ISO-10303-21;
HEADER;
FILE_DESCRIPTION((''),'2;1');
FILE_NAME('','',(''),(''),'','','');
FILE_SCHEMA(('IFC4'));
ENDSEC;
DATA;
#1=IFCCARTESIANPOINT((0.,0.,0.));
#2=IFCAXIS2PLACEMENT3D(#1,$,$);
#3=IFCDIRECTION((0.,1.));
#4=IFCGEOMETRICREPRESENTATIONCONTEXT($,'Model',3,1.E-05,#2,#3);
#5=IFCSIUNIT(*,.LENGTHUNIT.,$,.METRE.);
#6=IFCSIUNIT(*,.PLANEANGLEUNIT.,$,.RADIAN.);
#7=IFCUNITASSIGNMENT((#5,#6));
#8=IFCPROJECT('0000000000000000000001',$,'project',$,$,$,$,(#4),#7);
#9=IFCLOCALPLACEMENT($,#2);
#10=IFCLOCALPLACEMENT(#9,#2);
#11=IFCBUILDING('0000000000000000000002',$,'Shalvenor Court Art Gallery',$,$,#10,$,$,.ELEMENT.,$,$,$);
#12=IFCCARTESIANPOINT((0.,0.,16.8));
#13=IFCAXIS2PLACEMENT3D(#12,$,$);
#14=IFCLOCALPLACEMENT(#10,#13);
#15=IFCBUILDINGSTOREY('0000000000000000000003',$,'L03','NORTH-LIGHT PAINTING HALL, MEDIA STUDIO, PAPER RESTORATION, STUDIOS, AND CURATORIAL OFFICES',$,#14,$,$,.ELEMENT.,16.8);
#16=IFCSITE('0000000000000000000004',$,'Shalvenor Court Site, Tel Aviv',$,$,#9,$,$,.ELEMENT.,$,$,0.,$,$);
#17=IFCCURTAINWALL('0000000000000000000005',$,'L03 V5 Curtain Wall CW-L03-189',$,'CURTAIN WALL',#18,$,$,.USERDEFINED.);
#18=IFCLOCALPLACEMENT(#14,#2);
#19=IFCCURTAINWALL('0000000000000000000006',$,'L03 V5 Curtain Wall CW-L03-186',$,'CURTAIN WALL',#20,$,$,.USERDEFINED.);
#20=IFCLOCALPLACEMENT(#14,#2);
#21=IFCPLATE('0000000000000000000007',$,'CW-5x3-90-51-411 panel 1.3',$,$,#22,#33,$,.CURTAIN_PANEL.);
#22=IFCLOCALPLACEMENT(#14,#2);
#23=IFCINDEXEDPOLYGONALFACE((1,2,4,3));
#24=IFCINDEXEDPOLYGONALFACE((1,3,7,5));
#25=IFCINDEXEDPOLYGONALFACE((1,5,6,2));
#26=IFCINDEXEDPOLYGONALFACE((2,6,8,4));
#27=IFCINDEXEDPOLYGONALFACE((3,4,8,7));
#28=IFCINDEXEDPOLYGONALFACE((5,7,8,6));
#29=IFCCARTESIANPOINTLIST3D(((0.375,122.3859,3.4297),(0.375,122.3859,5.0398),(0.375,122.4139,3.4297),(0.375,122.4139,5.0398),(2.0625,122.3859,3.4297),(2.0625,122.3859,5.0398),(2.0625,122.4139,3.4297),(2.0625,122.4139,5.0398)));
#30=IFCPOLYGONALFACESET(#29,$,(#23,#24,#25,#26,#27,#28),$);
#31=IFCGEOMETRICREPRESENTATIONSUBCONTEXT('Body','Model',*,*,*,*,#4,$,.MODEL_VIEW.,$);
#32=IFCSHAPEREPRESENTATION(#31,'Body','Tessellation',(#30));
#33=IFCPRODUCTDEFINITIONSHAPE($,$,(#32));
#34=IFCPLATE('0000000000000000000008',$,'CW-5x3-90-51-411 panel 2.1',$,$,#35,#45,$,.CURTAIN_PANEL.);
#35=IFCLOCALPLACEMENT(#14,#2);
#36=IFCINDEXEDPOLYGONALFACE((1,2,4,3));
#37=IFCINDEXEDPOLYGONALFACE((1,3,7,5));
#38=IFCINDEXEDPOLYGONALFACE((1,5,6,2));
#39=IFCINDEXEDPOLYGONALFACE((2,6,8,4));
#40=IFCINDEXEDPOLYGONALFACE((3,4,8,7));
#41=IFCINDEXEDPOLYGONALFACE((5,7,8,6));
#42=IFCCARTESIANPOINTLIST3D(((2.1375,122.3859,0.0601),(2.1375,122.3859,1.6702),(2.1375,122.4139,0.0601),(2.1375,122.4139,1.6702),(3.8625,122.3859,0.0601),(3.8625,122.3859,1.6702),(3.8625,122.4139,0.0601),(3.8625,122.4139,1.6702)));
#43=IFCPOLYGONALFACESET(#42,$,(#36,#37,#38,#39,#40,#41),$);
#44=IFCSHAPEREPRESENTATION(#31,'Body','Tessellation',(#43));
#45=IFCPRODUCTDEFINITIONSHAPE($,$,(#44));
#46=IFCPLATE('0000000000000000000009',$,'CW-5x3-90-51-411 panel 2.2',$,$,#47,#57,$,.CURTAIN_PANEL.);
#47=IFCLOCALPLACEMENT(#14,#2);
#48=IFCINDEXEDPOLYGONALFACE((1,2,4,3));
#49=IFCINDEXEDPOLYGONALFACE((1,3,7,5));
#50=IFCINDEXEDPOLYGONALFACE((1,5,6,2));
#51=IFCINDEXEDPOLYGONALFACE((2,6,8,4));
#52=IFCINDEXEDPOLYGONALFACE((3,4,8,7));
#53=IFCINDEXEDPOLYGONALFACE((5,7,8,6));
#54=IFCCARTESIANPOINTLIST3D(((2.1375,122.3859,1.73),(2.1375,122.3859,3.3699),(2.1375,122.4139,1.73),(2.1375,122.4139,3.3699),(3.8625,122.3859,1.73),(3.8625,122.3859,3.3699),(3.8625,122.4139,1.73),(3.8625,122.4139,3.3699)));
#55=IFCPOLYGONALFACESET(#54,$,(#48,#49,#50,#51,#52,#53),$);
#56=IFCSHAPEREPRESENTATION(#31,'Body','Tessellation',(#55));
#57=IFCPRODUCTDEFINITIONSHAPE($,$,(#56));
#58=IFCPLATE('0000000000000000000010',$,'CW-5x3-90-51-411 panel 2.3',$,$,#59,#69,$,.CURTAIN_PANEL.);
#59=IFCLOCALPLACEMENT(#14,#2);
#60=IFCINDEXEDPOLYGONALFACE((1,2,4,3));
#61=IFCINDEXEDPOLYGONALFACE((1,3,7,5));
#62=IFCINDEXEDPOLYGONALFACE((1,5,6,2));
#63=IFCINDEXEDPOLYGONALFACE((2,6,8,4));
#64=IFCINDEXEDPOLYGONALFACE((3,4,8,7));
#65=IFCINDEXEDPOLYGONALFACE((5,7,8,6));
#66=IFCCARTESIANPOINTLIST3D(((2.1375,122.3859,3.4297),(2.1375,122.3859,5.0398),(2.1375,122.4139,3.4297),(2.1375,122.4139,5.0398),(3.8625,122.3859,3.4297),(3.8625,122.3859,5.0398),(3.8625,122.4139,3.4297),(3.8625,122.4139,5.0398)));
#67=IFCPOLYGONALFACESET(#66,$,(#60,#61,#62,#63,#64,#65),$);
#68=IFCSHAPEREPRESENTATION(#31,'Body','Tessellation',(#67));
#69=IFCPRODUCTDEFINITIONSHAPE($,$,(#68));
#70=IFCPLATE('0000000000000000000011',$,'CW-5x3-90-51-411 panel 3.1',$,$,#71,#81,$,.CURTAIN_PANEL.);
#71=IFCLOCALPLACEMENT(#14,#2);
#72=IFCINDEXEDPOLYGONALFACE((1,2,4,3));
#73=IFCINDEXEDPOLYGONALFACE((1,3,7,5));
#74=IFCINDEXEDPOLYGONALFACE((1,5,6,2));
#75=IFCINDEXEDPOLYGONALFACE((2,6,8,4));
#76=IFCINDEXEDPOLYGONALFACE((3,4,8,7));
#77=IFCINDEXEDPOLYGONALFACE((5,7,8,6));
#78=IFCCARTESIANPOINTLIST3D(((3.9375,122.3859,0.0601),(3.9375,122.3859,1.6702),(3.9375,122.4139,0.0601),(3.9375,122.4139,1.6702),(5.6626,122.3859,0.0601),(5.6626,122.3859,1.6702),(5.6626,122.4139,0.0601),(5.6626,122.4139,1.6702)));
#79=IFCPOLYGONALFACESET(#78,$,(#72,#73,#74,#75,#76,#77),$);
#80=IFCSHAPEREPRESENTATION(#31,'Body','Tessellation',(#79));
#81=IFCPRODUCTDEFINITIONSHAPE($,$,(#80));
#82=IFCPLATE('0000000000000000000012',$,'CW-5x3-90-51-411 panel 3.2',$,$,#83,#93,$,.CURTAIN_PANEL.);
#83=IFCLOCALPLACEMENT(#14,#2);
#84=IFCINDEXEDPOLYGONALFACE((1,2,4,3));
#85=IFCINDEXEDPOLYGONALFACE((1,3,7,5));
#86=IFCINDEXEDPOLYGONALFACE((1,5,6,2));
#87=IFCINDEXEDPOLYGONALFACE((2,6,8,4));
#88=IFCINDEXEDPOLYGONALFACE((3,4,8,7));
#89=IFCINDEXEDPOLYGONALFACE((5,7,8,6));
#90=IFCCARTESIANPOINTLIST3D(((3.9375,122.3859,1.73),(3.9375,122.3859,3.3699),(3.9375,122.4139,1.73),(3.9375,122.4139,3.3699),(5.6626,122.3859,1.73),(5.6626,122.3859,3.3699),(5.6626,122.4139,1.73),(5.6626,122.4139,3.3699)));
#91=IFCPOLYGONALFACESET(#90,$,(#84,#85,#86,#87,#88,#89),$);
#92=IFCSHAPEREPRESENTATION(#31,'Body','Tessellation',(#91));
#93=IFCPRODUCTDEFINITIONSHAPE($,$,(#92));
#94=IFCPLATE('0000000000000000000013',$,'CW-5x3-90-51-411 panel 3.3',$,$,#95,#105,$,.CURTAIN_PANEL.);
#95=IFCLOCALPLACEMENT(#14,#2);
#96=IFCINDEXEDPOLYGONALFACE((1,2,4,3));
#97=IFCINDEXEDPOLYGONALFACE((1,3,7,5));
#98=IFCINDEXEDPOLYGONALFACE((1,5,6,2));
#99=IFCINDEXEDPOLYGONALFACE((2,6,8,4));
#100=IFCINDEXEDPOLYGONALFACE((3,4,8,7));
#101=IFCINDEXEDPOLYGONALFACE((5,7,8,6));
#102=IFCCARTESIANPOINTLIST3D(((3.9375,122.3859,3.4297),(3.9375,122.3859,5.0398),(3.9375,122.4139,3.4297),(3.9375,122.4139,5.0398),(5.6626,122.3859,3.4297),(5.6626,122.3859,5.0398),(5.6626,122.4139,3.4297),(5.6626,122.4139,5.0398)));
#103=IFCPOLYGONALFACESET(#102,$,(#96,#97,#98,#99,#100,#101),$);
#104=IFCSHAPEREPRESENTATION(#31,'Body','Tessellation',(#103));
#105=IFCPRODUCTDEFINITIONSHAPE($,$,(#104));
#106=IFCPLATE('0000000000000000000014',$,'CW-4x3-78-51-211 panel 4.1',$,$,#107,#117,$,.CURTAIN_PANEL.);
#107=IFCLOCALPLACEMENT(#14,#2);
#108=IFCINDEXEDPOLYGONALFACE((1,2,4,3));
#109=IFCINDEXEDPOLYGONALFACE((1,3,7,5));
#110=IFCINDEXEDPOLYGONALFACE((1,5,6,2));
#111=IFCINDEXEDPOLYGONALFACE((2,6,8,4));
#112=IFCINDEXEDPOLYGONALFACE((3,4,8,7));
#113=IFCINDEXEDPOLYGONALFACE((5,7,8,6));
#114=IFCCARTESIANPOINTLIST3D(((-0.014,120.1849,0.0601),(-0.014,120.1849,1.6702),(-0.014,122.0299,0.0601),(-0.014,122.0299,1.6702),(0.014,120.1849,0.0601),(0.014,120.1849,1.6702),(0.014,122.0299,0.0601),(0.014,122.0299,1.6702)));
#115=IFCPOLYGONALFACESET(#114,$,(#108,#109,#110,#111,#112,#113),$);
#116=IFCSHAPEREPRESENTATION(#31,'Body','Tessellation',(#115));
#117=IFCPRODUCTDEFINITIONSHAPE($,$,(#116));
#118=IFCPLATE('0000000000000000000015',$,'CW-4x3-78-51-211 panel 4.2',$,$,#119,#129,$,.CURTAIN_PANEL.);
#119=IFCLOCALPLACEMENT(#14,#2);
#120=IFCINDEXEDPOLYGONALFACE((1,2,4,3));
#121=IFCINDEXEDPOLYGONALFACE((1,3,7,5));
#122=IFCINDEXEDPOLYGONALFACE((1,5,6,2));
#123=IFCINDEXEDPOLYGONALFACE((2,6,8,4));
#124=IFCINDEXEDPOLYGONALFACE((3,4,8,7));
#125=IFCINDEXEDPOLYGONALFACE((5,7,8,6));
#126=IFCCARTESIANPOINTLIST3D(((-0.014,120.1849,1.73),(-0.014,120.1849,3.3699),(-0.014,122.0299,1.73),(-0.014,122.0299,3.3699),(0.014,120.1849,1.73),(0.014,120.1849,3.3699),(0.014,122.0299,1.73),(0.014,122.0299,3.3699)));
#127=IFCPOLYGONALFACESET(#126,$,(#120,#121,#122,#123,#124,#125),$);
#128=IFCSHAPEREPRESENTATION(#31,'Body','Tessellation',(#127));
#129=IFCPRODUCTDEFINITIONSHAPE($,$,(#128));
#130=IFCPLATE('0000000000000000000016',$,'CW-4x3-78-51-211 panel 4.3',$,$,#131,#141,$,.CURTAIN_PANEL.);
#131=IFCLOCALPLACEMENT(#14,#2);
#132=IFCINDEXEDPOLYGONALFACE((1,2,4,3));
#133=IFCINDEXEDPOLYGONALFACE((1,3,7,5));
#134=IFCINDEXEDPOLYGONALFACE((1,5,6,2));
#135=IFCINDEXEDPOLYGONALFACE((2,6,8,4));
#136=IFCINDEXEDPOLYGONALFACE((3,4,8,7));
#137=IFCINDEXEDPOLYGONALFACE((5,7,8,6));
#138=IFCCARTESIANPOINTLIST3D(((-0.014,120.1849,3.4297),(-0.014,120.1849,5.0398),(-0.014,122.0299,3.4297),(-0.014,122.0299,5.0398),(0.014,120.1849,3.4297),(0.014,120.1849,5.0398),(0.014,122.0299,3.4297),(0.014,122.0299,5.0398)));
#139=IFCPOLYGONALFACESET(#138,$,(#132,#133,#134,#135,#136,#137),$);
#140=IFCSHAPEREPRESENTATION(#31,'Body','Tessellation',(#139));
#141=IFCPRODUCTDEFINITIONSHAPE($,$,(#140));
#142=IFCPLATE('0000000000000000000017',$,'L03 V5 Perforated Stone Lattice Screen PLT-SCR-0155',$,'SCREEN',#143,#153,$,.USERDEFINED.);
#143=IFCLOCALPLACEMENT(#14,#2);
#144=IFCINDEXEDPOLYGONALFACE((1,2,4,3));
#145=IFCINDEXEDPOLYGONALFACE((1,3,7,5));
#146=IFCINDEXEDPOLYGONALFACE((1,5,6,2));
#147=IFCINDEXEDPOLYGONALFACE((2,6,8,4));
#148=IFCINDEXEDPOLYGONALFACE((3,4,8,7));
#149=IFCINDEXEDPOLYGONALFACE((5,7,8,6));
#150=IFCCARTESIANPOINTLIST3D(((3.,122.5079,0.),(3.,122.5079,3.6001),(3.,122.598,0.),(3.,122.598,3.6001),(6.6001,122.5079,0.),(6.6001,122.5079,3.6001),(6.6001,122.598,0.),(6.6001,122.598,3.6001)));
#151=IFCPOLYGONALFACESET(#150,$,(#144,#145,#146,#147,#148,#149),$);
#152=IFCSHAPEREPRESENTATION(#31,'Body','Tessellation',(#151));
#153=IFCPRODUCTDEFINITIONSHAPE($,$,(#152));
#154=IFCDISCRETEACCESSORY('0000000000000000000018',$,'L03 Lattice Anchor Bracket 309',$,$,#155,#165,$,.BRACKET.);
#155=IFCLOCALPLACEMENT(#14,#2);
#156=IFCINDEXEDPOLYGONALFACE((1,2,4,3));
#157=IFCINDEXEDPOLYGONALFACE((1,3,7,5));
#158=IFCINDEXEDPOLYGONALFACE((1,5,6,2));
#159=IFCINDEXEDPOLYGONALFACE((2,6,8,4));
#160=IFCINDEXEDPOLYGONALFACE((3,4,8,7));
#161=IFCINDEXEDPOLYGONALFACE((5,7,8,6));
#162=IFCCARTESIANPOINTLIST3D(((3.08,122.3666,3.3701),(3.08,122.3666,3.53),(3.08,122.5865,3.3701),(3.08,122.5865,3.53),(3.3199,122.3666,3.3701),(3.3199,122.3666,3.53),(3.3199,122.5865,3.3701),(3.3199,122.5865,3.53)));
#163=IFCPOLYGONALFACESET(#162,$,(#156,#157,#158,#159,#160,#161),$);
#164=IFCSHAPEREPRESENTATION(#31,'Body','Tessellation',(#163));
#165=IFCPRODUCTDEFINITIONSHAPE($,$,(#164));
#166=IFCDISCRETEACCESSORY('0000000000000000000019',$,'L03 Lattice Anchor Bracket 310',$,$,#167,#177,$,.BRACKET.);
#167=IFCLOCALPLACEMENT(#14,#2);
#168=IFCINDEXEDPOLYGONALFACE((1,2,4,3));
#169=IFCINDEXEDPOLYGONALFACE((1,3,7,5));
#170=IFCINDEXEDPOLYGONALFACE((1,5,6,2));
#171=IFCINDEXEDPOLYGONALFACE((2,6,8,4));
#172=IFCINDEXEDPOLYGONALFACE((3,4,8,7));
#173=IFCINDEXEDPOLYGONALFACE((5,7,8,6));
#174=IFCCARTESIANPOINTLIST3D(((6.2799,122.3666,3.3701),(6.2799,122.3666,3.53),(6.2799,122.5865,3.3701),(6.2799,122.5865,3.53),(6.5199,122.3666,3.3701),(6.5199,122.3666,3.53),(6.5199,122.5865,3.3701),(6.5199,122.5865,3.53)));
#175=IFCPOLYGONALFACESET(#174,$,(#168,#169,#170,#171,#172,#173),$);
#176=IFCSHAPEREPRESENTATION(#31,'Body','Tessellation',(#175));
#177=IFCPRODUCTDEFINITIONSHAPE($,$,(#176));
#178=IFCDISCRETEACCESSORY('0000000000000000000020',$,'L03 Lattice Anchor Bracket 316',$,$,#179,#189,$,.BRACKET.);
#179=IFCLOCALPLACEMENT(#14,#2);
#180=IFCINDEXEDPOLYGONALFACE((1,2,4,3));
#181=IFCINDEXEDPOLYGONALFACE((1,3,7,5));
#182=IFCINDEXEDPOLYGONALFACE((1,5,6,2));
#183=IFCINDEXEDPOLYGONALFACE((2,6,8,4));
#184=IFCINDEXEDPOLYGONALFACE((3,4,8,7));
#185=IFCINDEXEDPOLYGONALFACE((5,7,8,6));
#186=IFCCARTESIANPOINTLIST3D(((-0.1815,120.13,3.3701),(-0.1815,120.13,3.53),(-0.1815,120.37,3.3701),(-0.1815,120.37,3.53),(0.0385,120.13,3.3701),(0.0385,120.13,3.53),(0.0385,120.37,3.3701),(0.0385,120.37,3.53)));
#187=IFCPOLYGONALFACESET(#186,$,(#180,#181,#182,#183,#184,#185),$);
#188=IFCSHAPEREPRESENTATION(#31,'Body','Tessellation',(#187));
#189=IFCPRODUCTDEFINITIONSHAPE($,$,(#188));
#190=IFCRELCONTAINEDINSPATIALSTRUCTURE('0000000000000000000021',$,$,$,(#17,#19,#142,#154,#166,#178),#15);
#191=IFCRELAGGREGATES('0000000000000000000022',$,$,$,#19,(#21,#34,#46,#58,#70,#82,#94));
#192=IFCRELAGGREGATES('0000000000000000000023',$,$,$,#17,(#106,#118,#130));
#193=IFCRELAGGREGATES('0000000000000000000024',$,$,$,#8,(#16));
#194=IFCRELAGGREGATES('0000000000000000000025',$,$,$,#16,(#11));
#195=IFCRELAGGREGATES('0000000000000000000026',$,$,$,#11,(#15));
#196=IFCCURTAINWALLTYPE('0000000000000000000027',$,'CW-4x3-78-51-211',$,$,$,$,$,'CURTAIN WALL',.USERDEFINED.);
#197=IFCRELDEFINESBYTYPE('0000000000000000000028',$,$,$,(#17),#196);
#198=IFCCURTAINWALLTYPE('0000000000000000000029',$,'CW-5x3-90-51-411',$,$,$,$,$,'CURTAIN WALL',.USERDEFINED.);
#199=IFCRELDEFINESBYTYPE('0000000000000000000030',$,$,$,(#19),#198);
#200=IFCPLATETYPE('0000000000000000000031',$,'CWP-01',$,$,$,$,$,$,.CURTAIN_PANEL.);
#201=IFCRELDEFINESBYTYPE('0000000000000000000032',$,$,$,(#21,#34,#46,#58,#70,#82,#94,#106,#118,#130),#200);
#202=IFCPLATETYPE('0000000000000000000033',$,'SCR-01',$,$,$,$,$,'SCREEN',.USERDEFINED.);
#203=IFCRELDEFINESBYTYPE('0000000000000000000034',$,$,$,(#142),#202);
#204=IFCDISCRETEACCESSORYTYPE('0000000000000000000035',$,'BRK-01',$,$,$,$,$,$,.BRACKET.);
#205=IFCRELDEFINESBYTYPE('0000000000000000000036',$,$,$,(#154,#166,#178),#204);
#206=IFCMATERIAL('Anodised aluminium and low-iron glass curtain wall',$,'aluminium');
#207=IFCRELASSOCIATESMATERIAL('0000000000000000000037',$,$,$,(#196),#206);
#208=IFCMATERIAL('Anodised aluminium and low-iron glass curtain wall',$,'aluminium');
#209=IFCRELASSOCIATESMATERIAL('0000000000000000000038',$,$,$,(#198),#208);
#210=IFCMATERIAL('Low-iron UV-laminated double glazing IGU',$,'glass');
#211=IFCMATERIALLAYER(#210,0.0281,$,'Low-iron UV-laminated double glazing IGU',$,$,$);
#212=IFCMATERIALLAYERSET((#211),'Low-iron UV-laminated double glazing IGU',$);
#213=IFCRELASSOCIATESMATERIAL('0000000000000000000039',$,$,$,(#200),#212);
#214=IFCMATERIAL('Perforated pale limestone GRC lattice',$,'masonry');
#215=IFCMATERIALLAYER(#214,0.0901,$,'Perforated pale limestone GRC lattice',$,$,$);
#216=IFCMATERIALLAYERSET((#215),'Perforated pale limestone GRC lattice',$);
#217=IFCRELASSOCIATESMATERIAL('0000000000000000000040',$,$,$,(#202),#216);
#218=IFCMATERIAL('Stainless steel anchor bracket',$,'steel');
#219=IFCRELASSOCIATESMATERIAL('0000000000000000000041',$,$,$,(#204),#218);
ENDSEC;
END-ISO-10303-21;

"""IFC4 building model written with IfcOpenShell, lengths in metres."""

from ifc_helpers import new_model, si_unit, direction, frame, origin, origin_2d, place, context, subcontext, project, spatial, rectangle, extrude, material, layer, layer_set, type_object, element, aggregate, save


model = new_model("IFC4")

# Units and contexts
model_context = context("Model", 3, precision=1e-05, world=origin(), true_north=direction((0.0, 1.0)))
body_context = subcontext(model_context, "Body", "Model", "MODEL_VIEW")
ifc_project = project(units=[si_unit("LENGTHUNIT", "METRE"), si_unit("PLANEANGLEUNIT", "RADIAN")], contexts=[model_context])

# Site, building, storey
site_placement = place(None, origin())
site = spatial("IfcSite", under=ifc_project, at=site_placement, Name="Shalvenor Court Site, Tel Aviv", CompositionType="ELEMENT", RefElevation=0.0)
building_placement = place(site_placement, origin())
building = spatial("IfcBuilding", under=site, at=building_placement, Name="Shalvenor Court Art Gallery", CompositionType="ELEMENT")
storey_placement = place(building_placement, frame((0.0, 0.0, 16.8)))
storey = spatial("IfcBuildingStorey", under=building, at=storey_placement, Name="L03", Description="NORTH-LIGHT PAINTING HALL, MEDIA STUDIO, PAPER RESTORATION, STUDIOS, AND CURATORIAL OFFICES", CompositionType="ELEMENT", Elevation=16.8)

# Curtain walls
ifc_material_1 = material(Name="Anodised aluminium and low-iron glass curtain wall", Category="aluminium")
curtain_wall_type_1 = type_object("IfcCurtainWallType", Name="CW-4x3-78-51-211", ElementType="CURTAIN WALL", PredefinedType="USERDEFINED", material=ifc_material_1)
curtain_wall_1_placement = place(storey_placement, origin())
curtain_wall_1 = element("IfcCurtainWall", 1, at=curtain_wall_1_placement, inside=storey, type_object=curtain_wall_type_1, Name="L03 V5 Curtain Wall CW-L03-189", ObjectType="CURTAIN WALL", PredefinedType="USERDEFINED")
ifc_material_2 = material(Name="Anodised aluminium and low-iron glass curtain wall", Category="aluminium")
curtain_wall_type_2 = type_object("IfcCurtainWallType", Name="CW-5x3-90-51-411", ElementType="CURTAIN WALL", PredefinedType="USERDEFINED", material=ifc_material_2)
curtain_wall_2_placement = place(storey_placement, origin())
curtain_wall_2 = element("IfcCurtainWall", 2, at=curtain_wall_2_placement, inside=storey, type_object=curtain_wall_type_2, Name="L03 V5 Curtain Wall CW-L03-186", ObjectType="CURTAIN WALL", PredefinedType="USERDEFINED")

# Plates
ifc_material_3 = material(Name="Low-iron UV-laminated double glazing IGU", Category="glass")
ifc_layer_1 = layer(ifc_material_3, 0.0281, Name="Low-iron UV-laminated double glazing IGU")
ifc_layer_set_1 = layer_set([ifc_layer_1], Name="Low-iron UV-laminated double glazing IGU")
plate_type_1 = type_object("IfcPlateType", Name="CWP-01", PredefinedType="CURTAIN_PANEL", material=ifc_layer_set_1)
plate_1_placement = place(storey_placement, frame((1.2188, 122.3999, 3.4297), z_axis=(0.0, 0.0, 1.0), x_axis=(1.0, 0.0, 0.0)))
plate_1 = element("IfcPlate", 3, at=plate_1_placement, type_object=plate_type_1, Name="CW-5x3-90-51-411 panel 1.3", PredefinedType="CURTAIN_PANEL", context=body_context, shape_type="SweptSolid", body=[
    extrude(rectangle(XDim=1.6875, YDim=0.0281, at=origin_2d()), origin(), (0.0, 0.0, 1.0), 1.6101),
])
plate_2_placement = place(storey_placement, frame((3.0, 122.3999, 0.0601), z_axis=(0.0, 0.0, 1.0), x_axis=(1.0, 0.0, 0.0)))
plate_2 = element("IfcPlate", 4, at=plate_2_placement, type_object=plate_type_1, Name="CW-5x3-90-51-411 panel 2.1", PredefinedType="CURTAIN_PANEL", context=body_context, shape_type="SweptSolid", body=[
    extrude(rectangle(XDim=1.7251, YDim=0.0281, at=origin_2d()), origin(), (0.0, 0.0, 1.0), 1.6101),
])
plate_3_placement = place(storey_placement, frame((3.0, 122.3999, 1.73), z_axis=(0.0, 0.0, 1.0), x_axis=(1.0, 0.0, 0.0)))
plate_3 = element("IfcPlate", 5, at=plate_3_placement, type_object=plate_type_1, Name="CW-5x3-90-51-411 panel 2.2", PredefinedType="CURTAIN_PANEL", context=body_context, shape_type="SweptSolid", body=[
    extrude(rectangle(XDim=1.7251, YDim=0.0281, at=origin_2d()), origin(), (0.0, 0.0, 1.0), 1.6399),
])
plate_4_placement = place(storey_placement, frame((3.0, 122.3999, 3.4297), z_axis=(0.0, 0.0, 1.0), x_axis=(1.0, 0.0, 0.0)))
plate_4 = element("IfcPlate", 6, at=plate_4_placement, type_object=plate_type_1, Name="CW-5x3-90-51-411 panel 2.3", PredefinedType="CURTAIN_PANEL", context=body_context, shape_type="SweptSolid", body=[
    extrude(rectangle(XDim=1.7251, YDim=0.0281, at=origin_2d()), origin(), (0.0, 0.0, 1.0), 1.6101),
])
plate_5_placement = place(storey_placement, frame((4.8, 122.3999, 0.0601), z_axis=(0.0, 0.0, 1.0), x_axis=(1.0, 0.0, 0.0)))
plate_5 = element("IfcPlate", 7, at=plate_5_placement, type_object=plate_type_1, Name="CW-5x3-90-51-411 panel 3.1", PredefinedType="CURTAIN_PANEL", context=body_context, shape_type="SweptSolid", body=[
    extrude(rectangle(XDim=1.7251, YDim=0.0281, at=origin_2d()), origin(), (0.0, 0.0, 1.0), 1.6101),
])
plate_6_placement = place(storey_placement, frame((4.8, 122.3999, 1.73), z_axis=(0.0, 0.0, 1.0), x_axis=(1.0, 0.0, 0.0)))
plate_6 = element("IfcPlate", 8, at=plate_6_placement, type_object=plate_type_1, Name="CW-5x3-90-51-411 panel 3.2", PredefinedType="CURTAIN_PANEL", context=body_context, shape_type="SweptSolid", body=[
    extrude(rectangle(XDim=1.7251, YDim=0.0281, at=origin_2d()), origin(), (0.0, 0.0, 1.0), 1.6399),
])
plate_7_placement = place(storey_placement, frame((4.8, 122.3999, 3.4297), z_axis=(0.0, 0.0, 1.0), x_axis=(1.0, 0.0, 0.0)))
plate_7 = element("IfcPlate", 9, at=plate_7_placement, type_object=plate_type_1, Name="CW-5x3-90-51-411 panel 3.3", PredefinedType="CURTAIN_PANEL", context=body_context, shape_type="SweptSolid", body=[
    extrude(rectangle(XDim=1.7251, YDim=0.0281, at=origin_2d()), origin(), (0.0, 0.0, 1.0), 1.6101),
])
aggregate(curtain_wall_2, [plate_1, plate_2, plate_3, plate_4, plate_5, plate_6, plate_7])
plate_8_placement = place(storey_placement, frame((0.0, 121.1074, 0.0601), z_axis=(0.0, 0.0, 1.0), x_axis=(0.0, 1.0, 0.0)))
plate_8 = element("IfcPlate", 10, at=plate_8_placement, type_object=plate_type_1, Name="CW-4x3-78-51-211 panel 4.1", PredefinedType="CURTAIN_PANEL", context=body_context, shape_type="SweptSolid", body=[
    extrude(rectangle(XDim=1.845, YDim=0.0281, at=origin_2d()), origin(), (0.0, 0.0, 1.0), 1.6101),
])
plate_9_placement = place(storey_placement, frame((0.0, 121.1074, 1.73), z_axis=(0.0, 0.0, 1.0), x_axis=(0.0, 1.0, 0.0)))
plate_9 = element("IfcPlate", 11, at=plate_9_placement, type_object=plate_type_1, Name="CW-4x3-78-51-211 panel 4.2", PredefinedType="CURTAIN_PANEL", context=body_context, shape_type="SweptSolid", body=[
    extrude(rectangle(XDim=1.845, YDim=0.0281, at=origin_2d()), origin(), (0.0, 0.0, 1.0), 1.6399),
])
plate_10_placement = place(storey_placement, frame((0.0, 121.1074, 3.4297), z_axis=(0.0, 0.0, 1.0), x_axis=(0.0, 1.0, 0.0)))
plate_10 = element("IfcPlate", 12, at=plate_10_placement, type_object=plate_type_1, Name="CW-4x3-78-51-211 panel 4.3", PredefinedType="CURTAIN_PANEL", context=body_context, shape_type="SweptSolid", body=[
    extrude(rectangle(XDim=1.845, YDim=0.0281, at=origin_2d()), origin(), (0.0, 0.0, 1.0), 1.6101),
])
aggregate(curtain_wall_1, [plate_8, plate_9, plate_10])
ifc_material_4 = material(Name="Perforated pale limestone GRC lattice", Category="masonry")
ifc_layer_2 = layer(ifc_material_4, 0.0901, Name="Perforated pale limestone GRC lattice")
ifc_layer_set_2 = layer_set([ifc_layer_2], Name="Perforated pale limestone GRC lattice")
plate_type_2 = type_object("IfcPlateType", Name="SCR-01", ElementType="SCREEN", PredefinedType="USERDEFINED", material=ifc_layer_set_2)
plate_11_placement = place(storey_placement, frame((4.8, 122.553, 0.0), z_axis=(0.0, 0.0, 1.0), x_axis=(1.0, 0.0, 0.0)))
element("IfcPlate", 13, at=plate_11_placement, inside=storey, type_object=plate_type_2, Name="L03 V5 Perforated Stone Lattice Screen PLT-SCR-0155", ObjectType="SCREEN", PredefinedType="USERDEFINED", context=body_context, shape_type="SweptSolid", body=[
    extrude(rectangle(XDim=3.6001, YDim=0.0901, at=origin_2d()), origin(), (0.0, 0.0, 1.0), 3.6001),
])

# Discrete accessories
ifc_material_5 = material(Name="Stainless steel anchor bracket", Category="steel")
discrete_accessory_type = type_object("IfcDiscreteAccessoryType", Name="BRK-01", PredefinedType="BRACKET", material=ifc_material_5)
for number, where, z_axis, x_axis, name in (
    (14, (3.2, 122.4766, 3.3701), (0.0, 0.0, 1.0), (1.0, 0.0, 0.0), "L03 Lattice Anchor Bracket 309"),
    (15, (6.3999, 122.4766, 3.3701), (0.0, 0.0, 1.0), (1.0, 0.0, 0.0), "L03 Lattice Anchor Bracket 310"),
    (16, (-0.0715, 120.25, 3.3701), (0.0, 0.0, 1.0), (0.0, 1.0, 0.0), "L03 Lattice Anchor Bracket 316"),
):
    element("IfcDiscreteAccessory", number, at=place(storey_placement, frame(where, z_axis=z_axis, x_axis=x_axis)), inside=storey, type_object=discrete_accessory_type, Name=name, PredefinedType="BRACKET", context=body_context, shape_type="SweptSolid", body=[
        extrude(rectangle(XDim=0.24, YDim=0.22, at=origin_2d()), origin(), (0.0, 0.0, 1.0), 0.1599),
    ])

save(model, "model.ifc")
